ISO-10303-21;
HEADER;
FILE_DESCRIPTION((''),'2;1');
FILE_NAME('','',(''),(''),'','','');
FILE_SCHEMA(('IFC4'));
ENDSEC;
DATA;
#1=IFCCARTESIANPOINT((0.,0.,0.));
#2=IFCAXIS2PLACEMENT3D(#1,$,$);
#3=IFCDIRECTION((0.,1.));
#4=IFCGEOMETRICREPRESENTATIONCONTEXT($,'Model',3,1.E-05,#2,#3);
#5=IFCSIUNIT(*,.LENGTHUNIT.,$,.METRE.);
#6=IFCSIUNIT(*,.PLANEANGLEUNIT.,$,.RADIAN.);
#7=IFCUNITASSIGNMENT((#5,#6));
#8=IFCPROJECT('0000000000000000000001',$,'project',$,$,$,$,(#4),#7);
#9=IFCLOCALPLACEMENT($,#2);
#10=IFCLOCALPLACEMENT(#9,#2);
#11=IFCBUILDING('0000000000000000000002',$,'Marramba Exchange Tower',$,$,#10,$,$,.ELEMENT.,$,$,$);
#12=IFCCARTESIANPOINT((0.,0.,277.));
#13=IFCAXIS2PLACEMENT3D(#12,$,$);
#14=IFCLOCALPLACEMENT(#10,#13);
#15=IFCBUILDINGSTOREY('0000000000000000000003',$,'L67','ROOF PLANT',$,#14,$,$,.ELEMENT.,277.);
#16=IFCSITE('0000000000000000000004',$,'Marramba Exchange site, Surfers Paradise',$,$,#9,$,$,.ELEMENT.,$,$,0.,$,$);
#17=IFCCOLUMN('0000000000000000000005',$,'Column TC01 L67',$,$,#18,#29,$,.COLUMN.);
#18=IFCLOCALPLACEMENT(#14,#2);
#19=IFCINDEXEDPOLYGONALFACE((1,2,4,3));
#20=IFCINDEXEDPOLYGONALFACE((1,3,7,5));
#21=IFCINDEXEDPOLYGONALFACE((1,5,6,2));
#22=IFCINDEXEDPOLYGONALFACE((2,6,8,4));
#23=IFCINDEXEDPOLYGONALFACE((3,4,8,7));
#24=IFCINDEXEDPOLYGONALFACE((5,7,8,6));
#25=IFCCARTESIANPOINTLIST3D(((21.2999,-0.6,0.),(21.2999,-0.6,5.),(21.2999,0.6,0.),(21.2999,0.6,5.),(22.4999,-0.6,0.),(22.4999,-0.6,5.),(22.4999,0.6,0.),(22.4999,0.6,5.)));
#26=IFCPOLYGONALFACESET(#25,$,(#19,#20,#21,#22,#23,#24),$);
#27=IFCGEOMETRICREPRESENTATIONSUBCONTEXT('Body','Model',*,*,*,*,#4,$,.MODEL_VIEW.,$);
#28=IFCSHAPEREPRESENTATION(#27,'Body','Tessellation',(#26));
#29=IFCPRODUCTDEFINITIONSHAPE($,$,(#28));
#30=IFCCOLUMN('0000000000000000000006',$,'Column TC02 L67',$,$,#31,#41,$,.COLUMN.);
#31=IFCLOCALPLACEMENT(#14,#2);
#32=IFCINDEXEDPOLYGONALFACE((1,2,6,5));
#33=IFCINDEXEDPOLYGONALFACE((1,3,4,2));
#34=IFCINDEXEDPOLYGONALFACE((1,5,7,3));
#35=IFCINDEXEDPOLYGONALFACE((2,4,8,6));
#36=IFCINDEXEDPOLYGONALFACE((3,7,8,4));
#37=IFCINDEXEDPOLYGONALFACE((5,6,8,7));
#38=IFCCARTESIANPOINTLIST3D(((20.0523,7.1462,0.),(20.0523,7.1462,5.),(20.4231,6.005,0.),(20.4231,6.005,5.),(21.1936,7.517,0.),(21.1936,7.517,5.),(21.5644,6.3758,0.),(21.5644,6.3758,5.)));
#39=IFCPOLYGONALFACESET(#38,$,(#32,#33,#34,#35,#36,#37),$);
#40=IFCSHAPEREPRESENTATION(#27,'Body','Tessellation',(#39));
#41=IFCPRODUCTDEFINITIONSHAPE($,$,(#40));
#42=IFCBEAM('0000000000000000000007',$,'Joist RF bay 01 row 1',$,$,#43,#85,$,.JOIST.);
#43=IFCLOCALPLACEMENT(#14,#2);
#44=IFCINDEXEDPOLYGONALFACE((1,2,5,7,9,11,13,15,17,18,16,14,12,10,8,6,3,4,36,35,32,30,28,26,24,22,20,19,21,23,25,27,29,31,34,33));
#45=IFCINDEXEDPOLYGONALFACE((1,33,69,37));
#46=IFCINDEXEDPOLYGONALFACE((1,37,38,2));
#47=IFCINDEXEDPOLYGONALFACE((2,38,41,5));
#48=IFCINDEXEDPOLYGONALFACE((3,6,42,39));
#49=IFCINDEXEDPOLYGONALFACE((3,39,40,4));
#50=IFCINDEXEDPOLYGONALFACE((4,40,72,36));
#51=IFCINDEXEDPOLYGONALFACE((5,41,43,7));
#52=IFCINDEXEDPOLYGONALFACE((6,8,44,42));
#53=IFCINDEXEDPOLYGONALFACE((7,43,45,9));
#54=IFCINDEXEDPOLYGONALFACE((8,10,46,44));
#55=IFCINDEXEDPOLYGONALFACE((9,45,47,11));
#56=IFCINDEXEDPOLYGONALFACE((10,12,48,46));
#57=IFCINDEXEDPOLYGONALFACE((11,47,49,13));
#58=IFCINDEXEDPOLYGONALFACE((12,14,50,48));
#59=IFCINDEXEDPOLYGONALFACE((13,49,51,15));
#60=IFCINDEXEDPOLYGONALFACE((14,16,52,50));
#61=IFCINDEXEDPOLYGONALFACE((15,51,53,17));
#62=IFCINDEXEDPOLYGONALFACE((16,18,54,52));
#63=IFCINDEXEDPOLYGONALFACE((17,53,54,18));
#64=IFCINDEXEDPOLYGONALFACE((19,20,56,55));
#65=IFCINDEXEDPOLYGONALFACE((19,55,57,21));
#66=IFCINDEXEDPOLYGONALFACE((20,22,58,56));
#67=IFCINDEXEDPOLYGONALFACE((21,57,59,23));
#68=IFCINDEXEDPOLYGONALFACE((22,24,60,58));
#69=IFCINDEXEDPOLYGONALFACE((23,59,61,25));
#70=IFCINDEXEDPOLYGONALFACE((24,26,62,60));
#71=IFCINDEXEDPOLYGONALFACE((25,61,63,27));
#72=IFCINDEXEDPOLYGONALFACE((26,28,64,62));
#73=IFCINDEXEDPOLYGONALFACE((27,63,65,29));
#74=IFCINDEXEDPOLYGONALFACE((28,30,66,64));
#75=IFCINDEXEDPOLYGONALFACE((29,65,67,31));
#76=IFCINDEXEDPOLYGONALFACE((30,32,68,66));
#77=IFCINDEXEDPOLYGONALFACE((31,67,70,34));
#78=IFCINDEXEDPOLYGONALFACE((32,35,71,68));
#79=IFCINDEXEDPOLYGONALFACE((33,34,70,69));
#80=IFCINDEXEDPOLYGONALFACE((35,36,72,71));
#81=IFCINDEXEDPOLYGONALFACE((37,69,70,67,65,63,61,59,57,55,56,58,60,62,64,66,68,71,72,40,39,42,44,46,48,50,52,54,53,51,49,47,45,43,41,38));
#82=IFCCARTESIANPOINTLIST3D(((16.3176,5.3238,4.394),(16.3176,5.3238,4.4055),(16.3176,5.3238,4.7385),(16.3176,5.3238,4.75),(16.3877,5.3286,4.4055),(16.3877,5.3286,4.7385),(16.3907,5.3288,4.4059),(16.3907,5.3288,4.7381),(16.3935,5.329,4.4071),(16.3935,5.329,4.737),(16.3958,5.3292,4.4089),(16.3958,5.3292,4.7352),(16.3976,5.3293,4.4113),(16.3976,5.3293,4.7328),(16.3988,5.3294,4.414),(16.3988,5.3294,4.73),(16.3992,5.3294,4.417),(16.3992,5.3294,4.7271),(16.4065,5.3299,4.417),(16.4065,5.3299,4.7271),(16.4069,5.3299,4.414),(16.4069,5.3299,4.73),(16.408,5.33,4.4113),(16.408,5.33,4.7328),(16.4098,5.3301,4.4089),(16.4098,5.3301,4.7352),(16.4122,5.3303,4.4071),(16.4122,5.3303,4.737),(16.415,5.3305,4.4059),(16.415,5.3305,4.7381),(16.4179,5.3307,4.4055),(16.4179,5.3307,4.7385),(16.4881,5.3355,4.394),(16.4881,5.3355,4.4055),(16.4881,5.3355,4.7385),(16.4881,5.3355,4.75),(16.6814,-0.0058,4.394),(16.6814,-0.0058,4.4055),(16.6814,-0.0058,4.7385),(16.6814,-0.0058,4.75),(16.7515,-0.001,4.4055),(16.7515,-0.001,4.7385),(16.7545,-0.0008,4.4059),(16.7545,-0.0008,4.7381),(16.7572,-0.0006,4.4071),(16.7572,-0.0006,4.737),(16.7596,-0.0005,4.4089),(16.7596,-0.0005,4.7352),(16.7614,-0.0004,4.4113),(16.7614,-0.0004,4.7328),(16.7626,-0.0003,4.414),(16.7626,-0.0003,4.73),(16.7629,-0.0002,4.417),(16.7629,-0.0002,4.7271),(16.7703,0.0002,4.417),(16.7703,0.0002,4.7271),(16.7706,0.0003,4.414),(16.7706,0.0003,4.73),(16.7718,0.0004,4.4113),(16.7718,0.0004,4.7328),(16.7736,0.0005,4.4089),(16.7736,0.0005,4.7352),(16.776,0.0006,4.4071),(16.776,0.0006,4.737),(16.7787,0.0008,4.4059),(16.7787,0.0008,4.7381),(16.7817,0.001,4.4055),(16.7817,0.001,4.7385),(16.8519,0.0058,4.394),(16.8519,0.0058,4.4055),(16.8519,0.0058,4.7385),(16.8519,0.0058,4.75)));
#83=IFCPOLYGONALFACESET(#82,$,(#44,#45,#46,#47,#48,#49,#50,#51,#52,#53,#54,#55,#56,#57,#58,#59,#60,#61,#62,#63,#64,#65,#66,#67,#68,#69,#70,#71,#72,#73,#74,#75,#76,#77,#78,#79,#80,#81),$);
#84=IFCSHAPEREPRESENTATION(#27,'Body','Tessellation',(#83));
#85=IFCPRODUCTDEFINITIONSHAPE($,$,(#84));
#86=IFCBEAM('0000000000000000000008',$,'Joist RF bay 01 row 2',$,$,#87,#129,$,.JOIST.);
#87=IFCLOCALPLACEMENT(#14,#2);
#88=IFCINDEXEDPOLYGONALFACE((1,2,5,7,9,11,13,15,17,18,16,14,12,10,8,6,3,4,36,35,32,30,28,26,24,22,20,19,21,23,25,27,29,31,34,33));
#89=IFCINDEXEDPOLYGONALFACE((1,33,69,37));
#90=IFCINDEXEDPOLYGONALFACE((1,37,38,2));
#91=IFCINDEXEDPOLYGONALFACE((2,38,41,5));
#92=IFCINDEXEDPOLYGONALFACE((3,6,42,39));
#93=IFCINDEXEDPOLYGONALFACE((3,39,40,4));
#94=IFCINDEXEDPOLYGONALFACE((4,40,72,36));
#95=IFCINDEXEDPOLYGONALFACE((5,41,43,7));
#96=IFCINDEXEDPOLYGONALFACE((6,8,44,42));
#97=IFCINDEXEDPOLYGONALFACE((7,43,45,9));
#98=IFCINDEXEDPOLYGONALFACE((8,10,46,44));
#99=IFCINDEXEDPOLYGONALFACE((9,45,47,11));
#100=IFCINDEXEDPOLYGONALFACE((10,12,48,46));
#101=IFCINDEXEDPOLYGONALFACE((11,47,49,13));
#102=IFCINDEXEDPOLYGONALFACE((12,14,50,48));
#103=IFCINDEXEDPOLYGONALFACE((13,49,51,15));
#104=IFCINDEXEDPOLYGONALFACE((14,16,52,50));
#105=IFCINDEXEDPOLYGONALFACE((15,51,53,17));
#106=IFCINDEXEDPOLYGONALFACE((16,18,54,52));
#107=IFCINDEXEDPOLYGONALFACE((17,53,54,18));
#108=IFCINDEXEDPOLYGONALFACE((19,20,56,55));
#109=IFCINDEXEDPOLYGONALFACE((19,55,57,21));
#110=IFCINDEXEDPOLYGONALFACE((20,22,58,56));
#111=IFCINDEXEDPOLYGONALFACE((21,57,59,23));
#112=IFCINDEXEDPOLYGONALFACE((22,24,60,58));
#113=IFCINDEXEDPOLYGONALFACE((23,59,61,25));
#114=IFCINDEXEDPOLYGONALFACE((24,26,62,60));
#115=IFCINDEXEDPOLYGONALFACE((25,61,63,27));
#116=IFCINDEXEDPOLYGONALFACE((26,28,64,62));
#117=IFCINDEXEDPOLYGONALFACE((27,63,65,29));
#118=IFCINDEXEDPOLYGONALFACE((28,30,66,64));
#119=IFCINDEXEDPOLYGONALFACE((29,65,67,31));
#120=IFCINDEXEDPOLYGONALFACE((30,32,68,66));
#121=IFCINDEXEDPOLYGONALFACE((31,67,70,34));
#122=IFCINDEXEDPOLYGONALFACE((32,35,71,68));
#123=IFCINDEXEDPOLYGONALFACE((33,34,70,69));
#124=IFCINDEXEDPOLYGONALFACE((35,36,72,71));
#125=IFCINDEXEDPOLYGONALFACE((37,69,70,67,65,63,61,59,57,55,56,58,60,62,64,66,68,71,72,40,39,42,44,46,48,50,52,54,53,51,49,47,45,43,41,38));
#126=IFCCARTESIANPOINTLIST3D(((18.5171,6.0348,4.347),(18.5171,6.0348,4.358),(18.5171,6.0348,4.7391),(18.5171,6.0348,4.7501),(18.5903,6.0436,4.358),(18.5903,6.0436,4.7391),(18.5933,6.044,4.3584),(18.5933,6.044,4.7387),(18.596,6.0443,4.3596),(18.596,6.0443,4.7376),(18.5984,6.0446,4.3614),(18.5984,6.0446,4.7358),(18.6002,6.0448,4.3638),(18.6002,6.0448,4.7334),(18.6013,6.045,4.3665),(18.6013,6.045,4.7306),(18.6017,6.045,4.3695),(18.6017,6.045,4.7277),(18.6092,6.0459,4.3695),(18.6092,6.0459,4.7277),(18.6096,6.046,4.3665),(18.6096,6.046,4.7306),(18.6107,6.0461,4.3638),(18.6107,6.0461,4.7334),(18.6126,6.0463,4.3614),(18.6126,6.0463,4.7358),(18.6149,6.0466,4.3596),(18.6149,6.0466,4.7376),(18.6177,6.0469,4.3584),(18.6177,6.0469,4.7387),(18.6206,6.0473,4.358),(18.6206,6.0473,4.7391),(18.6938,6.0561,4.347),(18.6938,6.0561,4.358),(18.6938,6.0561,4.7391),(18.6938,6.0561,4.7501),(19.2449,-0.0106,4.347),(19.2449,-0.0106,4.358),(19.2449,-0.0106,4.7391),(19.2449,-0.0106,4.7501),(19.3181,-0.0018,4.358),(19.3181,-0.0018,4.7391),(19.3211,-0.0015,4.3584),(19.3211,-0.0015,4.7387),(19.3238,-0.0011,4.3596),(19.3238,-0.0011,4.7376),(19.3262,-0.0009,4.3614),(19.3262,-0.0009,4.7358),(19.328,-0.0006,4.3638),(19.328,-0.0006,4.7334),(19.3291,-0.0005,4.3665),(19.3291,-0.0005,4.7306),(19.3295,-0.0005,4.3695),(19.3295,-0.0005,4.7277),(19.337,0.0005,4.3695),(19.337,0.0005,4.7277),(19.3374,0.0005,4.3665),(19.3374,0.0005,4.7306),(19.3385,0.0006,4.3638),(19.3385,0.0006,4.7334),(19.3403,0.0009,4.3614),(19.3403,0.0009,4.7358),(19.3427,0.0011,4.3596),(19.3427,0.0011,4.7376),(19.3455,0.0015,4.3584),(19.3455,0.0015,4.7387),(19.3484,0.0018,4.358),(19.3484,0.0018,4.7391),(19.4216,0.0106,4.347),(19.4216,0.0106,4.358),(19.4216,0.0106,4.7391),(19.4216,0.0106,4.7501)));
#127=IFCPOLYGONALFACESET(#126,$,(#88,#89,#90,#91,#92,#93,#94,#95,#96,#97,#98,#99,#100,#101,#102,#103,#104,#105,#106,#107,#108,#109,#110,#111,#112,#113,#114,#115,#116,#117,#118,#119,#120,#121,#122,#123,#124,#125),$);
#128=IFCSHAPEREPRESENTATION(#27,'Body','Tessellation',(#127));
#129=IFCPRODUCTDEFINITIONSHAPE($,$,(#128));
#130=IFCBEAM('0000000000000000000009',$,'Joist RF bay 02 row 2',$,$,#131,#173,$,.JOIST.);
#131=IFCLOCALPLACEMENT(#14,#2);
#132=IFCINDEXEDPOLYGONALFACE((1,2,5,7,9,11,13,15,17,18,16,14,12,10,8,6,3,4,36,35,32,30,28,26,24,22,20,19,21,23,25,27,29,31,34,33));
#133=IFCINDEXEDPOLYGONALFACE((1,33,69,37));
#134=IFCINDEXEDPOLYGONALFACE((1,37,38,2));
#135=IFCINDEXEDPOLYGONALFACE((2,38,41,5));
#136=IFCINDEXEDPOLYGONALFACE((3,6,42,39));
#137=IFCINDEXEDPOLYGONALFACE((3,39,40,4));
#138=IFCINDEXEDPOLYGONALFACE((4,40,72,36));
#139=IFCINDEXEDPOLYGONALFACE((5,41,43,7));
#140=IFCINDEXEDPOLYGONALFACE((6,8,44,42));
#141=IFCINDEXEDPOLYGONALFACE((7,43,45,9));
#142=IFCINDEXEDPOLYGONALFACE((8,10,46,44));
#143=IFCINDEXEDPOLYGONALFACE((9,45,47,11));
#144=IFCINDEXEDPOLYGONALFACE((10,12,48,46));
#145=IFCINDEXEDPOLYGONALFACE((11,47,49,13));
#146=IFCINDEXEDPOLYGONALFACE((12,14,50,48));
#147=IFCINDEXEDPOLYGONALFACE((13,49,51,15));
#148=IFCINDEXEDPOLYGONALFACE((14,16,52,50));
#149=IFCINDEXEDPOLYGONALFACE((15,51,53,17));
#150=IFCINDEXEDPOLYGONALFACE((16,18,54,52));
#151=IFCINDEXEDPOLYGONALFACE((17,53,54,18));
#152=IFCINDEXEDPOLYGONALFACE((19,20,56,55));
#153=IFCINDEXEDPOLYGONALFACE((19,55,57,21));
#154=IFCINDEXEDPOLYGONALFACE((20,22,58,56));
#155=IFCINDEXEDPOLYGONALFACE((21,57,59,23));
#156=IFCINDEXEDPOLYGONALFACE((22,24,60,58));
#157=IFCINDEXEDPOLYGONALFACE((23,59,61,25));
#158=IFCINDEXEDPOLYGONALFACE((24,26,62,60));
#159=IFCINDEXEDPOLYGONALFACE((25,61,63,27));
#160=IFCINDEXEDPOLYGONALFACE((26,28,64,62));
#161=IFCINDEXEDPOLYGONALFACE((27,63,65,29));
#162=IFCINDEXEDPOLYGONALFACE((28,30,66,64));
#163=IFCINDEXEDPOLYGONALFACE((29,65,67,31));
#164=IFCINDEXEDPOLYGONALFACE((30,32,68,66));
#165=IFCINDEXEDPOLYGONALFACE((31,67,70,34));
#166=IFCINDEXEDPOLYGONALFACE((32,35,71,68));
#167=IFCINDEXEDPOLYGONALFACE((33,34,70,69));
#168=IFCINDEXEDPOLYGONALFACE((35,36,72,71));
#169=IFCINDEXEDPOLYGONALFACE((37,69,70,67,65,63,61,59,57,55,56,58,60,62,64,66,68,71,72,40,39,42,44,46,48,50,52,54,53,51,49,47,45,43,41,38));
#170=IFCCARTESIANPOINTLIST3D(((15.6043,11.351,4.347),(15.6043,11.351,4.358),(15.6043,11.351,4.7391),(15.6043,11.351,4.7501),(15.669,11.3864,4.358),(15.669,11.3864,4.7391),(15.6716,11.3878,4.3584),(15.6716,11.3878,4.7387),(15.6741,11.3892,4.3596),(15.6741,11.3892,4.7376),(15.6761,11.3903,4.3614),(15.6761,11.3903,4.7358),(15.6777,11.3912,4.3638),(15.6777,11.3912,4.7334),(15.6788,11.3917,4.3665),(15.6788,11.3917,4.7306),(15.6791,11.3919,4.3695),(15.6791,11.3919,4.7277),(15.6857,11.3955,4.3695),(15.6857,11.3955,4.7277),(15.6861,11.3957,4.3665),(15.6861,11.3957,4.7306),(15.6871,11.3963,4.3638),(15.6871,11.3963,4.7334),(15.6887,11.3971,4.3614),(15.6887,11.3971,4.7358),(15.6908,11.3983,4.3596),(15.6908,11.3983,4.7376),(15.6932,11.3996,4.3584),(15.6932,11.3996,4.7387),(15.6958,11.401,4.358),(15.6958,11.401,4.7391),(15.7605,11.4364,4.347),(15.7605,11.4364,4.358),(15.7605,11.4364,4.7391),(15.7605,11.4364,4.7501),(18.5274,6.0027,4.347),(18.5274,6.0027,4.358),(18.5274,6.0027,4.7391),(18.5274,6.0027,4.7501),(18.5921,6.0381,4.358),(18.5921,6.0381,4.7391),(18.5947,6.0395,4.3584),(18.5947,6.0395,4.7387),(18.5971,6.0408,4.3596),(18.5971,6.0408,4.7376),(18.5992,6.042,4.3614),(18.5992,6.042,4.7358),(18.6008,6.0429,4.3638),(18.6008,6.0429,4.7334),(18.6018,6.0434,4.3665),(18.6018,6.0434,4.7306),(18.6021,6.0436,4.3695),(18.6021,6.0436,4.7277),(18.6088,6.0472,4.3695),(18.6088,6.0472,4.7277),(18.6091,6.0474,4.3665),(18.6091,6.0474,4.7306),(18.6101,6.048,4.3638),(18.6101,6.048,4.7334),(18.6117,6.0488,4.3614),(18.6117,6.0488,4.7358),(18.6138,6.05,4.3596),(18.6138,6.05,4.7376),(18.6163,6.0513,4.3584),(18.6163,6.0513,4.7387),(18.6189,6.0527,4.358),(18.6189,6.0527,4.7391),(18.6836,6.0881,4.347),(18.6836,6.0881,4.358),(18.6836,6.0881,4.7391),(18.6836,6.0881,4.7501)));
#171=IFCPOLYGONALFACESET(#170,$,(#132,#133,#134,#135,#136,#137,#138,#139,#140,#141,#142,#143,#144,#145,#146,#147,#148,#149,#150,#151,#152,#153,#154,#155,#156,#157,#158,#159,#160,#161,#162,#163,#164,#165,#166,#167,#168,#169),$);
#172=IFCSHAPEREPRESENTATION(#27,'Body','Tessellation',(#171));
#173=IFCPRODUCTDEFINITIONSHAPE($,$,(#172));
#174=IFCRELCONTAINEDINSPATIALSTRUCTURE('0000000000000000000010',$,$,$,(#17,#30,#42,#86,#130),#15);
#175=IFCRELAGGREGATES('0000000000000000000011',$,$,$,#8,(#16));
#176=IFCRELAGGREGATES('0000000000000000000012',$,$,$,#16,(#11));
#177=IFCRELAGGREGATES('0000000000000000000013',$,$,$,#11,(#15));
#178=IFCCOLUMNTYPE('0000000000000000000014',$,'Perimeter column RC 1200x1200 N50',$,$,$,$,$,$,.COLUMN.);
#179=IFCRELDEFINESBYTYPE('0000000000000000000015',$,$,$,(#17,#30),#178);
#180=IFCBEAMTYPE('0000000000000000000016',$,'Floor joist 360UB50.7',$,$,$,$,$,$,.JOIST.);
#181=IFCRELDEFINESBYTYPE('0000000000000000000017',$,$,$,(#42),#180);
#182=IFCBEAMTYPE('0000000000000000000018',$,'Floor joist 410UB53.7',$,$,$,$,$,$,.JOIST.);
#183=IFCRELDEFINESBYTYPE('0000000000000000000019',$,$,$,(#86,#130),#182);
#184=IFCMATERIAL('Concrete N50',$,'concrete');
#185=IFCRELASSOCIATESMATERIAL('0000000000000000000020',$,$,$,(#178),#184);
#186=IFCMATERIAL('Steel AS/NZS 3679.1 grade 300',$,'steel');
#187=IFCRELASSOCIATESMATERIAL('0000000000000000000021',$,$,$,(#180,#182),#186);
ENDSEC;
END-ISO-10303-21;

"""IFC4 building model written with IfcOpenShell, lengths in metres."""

from ifc_helpers import new_model, si_unit, direction, frame, origin, origin_2d, place, context, subcontext, project, spatial, rectangle, i_section, extrude, material, material_profile, profile_set, type_object, element, save


model = new_model("IFC4")

# Units and contexts
model_context = context("Model", 3, precision=1e-05, world=origin(), true_north=direction((0.0, 1.0)))
body_context = subcontext(model_context, "Body", "Model", "MODEL_VIEW")
ifc_project = project(units=[si_unit("LENGTHUNIT", "METRE"), si_unit("PLANEANGLEUNIT", "RADIAN")], contexts=[model_context])

# Site, building, storey
site_placement = place(None, origin())
site = spatial("IfcSite", under=ifc_project, at=site_placement, Name="Marramba Exchange site, Surfers Paradise", CompositionType="ELEMENT", RefElevation=0.0)
building_placement = place(site_placement, origin())
building = spatial("IfcBuilding", under=site, at=building_placement, Name="Marramba Exchange Tower", CompositionType="ELEMENT")
storey_placement = place(building_placement, frame((0.0, 0.0, 277.0)))
storey = spatial("IfcBuildingStorey", under=building, at=storey_placement, Name="L67", Description="ROOF PLANT", CompositionType="ELEMENT", Elevation=277.0)

# Columns
ifc_material_1 = material(Name="Concrete N50", Category="concrete")
ifc_material_profile_1 = material_profile(ifc_material_1, rectangle(XDim=1.2, YDim=1.2, at=origin_2d()), Name="RC 1200x1200")
ifc_profile_set_1 = profile_set([ifc_material_profile_1], Name="Concrete N50")
column_type = type_object("IfcColumnType", Name="Perimeter column RC 1200x1200 N50", PredefinedType="COLUMN", material=ifc_profile_set_1)
for number, where, z_axis, x_axis, name in (
    (1, (21.8999, 0.0, 0.0), (0.0, 0.0, 1.0), (1.0, 0.0, 0.0), "Column TC01 L67"),
    (2, (20.8083, 6.761, 0.0), (0.0, 0.0, 1.0), (0.951057, 0.309017, 0.0), "Column TC02 L67"),
):
    element("IfcColumn", number, at=place(storey_placement, frame(where, z_axis=z_axis, x_axis=x_axis)), inside=storey, type_object=column_type, Name=name, PredefinedType="COLUMN", context=body_context, shape_type="SweptSolid", body=[
        extrude(rectangle(XDim=1.2, YDim=1.2, at=origin_2d()), origin(), (0.0, 0.0, 1.0), 5.0),
    ])

# Beams
ifc_material_2 = material(Name="Steel AS/NZS 3679.1 grade 300", Category="steel")
ifc_material_profile_2 = material_profile(ifc_material_2, i_section(OverallWidth=0.1709, OverallDepth=0.356, WebThickness=0.0073, FlangeThickness=0.0115, FilletRadius=0.0115, at=origin_2d()), Name="360UB50.7")
ifc_profile_set_2 = profile_set([ifc_material_profile_2], Name="Steel AS/NZS 3679.1 grade 300")
beam_type_1 = type_object("IfcBeamType", Name="Floor joist 360UB50.7", PredefinedType="JOIST", material=ifc_profile_set_2)
beam_1_placement = place(storey_placement, frame((16.7666, 0.0, 4.572), z_axis=(-0.068096, 0.997679, 0.0), x_axis=(-0.997679, -0.068096, 0.0)))
element("IfcBeam", 3, at=beam_1_placement, inside=storey, type_object=beam_type_1, Name="Joist RF bay 01 row 1", PredefinedType="JOIST", context=body_context, shape_type="SweptSolid", body=[
    extrude(i_section(OverallWidth=0.1709, OverallDepth=0.356, WebThickness=0.0073, FlangeThickness=0.0115, FilletRadius=0.0115, at=origin_2d()), origin(), (0.0, 0.0, 1.0), 5.342),
])
ifc_material_profile_3 = material_profile(ifc_material_2, i_section(OverallWidth=0.178, OverallDepth=0.4031, WebThickness=0.0076, FlangeThickness=0.011, FilletRadius=0.0115, at=origin_2d()), Name="410UB53.7")
ifc_profile_set_3 = profile_set([ifc_material_profile_3], Name="Steel AS/NZS 3679.1 grade 300")
beam_type_2 = type_object("IfcBeamType", Name="Floor joist 410UB53.7", PredefinedType="JOIST", material=ifc_profile_set_3)
beam_2_placement = place(storey_placement, frame((19.3333, 0.0, 4.5486), z_axis=(-0.119523, 0.992831, 0.0), x_axis=(-0.992831, -0.119523, 0.0)))
element("IfcBeam", 4, at=beam_2_placement, inside=storey, type_object=beam_type_2, Name="Joist RF bay 01 row 2", PredefinedType="JOIST", context=body_context, shape_type="SweptSolid", body=[
    extrude(i_section(OverallWidth=0.178, OverallDepth=0.4031, WebThickness=0.0076, FlangeThickness=0.011, FilletRadius=0.0115, at=origin_2d()), origin(), (0.0, 0.0, 1.0), 6.0891),
])
beam_3_placement = place(storey_placement, frame((18.6055, 6.0454, 4.5486), z_axis=(-0.479584, 0.877496, 0.0), x_axis=(-0.877496, -0.479584, 0.0)))
element("IfcBeam", 5, at=beam_3_placement, inside=storey, type_object=beam_type_2, Name="Joist RF bay 02 row 2", PredefinedType="JOIST", context=body_context, shape_type="SweptSolid", body=[
    extrude(i_section(OverallWidth=0.178, OverallDepth=0.4031, WebThickness=0.0076, FlangeThickness=0.011, FilletRadius=0.0115, at=origin_2d()), origin(), (0.0, 0.0, 1.0), 6.095),
])

save(model, "model.ifc")
